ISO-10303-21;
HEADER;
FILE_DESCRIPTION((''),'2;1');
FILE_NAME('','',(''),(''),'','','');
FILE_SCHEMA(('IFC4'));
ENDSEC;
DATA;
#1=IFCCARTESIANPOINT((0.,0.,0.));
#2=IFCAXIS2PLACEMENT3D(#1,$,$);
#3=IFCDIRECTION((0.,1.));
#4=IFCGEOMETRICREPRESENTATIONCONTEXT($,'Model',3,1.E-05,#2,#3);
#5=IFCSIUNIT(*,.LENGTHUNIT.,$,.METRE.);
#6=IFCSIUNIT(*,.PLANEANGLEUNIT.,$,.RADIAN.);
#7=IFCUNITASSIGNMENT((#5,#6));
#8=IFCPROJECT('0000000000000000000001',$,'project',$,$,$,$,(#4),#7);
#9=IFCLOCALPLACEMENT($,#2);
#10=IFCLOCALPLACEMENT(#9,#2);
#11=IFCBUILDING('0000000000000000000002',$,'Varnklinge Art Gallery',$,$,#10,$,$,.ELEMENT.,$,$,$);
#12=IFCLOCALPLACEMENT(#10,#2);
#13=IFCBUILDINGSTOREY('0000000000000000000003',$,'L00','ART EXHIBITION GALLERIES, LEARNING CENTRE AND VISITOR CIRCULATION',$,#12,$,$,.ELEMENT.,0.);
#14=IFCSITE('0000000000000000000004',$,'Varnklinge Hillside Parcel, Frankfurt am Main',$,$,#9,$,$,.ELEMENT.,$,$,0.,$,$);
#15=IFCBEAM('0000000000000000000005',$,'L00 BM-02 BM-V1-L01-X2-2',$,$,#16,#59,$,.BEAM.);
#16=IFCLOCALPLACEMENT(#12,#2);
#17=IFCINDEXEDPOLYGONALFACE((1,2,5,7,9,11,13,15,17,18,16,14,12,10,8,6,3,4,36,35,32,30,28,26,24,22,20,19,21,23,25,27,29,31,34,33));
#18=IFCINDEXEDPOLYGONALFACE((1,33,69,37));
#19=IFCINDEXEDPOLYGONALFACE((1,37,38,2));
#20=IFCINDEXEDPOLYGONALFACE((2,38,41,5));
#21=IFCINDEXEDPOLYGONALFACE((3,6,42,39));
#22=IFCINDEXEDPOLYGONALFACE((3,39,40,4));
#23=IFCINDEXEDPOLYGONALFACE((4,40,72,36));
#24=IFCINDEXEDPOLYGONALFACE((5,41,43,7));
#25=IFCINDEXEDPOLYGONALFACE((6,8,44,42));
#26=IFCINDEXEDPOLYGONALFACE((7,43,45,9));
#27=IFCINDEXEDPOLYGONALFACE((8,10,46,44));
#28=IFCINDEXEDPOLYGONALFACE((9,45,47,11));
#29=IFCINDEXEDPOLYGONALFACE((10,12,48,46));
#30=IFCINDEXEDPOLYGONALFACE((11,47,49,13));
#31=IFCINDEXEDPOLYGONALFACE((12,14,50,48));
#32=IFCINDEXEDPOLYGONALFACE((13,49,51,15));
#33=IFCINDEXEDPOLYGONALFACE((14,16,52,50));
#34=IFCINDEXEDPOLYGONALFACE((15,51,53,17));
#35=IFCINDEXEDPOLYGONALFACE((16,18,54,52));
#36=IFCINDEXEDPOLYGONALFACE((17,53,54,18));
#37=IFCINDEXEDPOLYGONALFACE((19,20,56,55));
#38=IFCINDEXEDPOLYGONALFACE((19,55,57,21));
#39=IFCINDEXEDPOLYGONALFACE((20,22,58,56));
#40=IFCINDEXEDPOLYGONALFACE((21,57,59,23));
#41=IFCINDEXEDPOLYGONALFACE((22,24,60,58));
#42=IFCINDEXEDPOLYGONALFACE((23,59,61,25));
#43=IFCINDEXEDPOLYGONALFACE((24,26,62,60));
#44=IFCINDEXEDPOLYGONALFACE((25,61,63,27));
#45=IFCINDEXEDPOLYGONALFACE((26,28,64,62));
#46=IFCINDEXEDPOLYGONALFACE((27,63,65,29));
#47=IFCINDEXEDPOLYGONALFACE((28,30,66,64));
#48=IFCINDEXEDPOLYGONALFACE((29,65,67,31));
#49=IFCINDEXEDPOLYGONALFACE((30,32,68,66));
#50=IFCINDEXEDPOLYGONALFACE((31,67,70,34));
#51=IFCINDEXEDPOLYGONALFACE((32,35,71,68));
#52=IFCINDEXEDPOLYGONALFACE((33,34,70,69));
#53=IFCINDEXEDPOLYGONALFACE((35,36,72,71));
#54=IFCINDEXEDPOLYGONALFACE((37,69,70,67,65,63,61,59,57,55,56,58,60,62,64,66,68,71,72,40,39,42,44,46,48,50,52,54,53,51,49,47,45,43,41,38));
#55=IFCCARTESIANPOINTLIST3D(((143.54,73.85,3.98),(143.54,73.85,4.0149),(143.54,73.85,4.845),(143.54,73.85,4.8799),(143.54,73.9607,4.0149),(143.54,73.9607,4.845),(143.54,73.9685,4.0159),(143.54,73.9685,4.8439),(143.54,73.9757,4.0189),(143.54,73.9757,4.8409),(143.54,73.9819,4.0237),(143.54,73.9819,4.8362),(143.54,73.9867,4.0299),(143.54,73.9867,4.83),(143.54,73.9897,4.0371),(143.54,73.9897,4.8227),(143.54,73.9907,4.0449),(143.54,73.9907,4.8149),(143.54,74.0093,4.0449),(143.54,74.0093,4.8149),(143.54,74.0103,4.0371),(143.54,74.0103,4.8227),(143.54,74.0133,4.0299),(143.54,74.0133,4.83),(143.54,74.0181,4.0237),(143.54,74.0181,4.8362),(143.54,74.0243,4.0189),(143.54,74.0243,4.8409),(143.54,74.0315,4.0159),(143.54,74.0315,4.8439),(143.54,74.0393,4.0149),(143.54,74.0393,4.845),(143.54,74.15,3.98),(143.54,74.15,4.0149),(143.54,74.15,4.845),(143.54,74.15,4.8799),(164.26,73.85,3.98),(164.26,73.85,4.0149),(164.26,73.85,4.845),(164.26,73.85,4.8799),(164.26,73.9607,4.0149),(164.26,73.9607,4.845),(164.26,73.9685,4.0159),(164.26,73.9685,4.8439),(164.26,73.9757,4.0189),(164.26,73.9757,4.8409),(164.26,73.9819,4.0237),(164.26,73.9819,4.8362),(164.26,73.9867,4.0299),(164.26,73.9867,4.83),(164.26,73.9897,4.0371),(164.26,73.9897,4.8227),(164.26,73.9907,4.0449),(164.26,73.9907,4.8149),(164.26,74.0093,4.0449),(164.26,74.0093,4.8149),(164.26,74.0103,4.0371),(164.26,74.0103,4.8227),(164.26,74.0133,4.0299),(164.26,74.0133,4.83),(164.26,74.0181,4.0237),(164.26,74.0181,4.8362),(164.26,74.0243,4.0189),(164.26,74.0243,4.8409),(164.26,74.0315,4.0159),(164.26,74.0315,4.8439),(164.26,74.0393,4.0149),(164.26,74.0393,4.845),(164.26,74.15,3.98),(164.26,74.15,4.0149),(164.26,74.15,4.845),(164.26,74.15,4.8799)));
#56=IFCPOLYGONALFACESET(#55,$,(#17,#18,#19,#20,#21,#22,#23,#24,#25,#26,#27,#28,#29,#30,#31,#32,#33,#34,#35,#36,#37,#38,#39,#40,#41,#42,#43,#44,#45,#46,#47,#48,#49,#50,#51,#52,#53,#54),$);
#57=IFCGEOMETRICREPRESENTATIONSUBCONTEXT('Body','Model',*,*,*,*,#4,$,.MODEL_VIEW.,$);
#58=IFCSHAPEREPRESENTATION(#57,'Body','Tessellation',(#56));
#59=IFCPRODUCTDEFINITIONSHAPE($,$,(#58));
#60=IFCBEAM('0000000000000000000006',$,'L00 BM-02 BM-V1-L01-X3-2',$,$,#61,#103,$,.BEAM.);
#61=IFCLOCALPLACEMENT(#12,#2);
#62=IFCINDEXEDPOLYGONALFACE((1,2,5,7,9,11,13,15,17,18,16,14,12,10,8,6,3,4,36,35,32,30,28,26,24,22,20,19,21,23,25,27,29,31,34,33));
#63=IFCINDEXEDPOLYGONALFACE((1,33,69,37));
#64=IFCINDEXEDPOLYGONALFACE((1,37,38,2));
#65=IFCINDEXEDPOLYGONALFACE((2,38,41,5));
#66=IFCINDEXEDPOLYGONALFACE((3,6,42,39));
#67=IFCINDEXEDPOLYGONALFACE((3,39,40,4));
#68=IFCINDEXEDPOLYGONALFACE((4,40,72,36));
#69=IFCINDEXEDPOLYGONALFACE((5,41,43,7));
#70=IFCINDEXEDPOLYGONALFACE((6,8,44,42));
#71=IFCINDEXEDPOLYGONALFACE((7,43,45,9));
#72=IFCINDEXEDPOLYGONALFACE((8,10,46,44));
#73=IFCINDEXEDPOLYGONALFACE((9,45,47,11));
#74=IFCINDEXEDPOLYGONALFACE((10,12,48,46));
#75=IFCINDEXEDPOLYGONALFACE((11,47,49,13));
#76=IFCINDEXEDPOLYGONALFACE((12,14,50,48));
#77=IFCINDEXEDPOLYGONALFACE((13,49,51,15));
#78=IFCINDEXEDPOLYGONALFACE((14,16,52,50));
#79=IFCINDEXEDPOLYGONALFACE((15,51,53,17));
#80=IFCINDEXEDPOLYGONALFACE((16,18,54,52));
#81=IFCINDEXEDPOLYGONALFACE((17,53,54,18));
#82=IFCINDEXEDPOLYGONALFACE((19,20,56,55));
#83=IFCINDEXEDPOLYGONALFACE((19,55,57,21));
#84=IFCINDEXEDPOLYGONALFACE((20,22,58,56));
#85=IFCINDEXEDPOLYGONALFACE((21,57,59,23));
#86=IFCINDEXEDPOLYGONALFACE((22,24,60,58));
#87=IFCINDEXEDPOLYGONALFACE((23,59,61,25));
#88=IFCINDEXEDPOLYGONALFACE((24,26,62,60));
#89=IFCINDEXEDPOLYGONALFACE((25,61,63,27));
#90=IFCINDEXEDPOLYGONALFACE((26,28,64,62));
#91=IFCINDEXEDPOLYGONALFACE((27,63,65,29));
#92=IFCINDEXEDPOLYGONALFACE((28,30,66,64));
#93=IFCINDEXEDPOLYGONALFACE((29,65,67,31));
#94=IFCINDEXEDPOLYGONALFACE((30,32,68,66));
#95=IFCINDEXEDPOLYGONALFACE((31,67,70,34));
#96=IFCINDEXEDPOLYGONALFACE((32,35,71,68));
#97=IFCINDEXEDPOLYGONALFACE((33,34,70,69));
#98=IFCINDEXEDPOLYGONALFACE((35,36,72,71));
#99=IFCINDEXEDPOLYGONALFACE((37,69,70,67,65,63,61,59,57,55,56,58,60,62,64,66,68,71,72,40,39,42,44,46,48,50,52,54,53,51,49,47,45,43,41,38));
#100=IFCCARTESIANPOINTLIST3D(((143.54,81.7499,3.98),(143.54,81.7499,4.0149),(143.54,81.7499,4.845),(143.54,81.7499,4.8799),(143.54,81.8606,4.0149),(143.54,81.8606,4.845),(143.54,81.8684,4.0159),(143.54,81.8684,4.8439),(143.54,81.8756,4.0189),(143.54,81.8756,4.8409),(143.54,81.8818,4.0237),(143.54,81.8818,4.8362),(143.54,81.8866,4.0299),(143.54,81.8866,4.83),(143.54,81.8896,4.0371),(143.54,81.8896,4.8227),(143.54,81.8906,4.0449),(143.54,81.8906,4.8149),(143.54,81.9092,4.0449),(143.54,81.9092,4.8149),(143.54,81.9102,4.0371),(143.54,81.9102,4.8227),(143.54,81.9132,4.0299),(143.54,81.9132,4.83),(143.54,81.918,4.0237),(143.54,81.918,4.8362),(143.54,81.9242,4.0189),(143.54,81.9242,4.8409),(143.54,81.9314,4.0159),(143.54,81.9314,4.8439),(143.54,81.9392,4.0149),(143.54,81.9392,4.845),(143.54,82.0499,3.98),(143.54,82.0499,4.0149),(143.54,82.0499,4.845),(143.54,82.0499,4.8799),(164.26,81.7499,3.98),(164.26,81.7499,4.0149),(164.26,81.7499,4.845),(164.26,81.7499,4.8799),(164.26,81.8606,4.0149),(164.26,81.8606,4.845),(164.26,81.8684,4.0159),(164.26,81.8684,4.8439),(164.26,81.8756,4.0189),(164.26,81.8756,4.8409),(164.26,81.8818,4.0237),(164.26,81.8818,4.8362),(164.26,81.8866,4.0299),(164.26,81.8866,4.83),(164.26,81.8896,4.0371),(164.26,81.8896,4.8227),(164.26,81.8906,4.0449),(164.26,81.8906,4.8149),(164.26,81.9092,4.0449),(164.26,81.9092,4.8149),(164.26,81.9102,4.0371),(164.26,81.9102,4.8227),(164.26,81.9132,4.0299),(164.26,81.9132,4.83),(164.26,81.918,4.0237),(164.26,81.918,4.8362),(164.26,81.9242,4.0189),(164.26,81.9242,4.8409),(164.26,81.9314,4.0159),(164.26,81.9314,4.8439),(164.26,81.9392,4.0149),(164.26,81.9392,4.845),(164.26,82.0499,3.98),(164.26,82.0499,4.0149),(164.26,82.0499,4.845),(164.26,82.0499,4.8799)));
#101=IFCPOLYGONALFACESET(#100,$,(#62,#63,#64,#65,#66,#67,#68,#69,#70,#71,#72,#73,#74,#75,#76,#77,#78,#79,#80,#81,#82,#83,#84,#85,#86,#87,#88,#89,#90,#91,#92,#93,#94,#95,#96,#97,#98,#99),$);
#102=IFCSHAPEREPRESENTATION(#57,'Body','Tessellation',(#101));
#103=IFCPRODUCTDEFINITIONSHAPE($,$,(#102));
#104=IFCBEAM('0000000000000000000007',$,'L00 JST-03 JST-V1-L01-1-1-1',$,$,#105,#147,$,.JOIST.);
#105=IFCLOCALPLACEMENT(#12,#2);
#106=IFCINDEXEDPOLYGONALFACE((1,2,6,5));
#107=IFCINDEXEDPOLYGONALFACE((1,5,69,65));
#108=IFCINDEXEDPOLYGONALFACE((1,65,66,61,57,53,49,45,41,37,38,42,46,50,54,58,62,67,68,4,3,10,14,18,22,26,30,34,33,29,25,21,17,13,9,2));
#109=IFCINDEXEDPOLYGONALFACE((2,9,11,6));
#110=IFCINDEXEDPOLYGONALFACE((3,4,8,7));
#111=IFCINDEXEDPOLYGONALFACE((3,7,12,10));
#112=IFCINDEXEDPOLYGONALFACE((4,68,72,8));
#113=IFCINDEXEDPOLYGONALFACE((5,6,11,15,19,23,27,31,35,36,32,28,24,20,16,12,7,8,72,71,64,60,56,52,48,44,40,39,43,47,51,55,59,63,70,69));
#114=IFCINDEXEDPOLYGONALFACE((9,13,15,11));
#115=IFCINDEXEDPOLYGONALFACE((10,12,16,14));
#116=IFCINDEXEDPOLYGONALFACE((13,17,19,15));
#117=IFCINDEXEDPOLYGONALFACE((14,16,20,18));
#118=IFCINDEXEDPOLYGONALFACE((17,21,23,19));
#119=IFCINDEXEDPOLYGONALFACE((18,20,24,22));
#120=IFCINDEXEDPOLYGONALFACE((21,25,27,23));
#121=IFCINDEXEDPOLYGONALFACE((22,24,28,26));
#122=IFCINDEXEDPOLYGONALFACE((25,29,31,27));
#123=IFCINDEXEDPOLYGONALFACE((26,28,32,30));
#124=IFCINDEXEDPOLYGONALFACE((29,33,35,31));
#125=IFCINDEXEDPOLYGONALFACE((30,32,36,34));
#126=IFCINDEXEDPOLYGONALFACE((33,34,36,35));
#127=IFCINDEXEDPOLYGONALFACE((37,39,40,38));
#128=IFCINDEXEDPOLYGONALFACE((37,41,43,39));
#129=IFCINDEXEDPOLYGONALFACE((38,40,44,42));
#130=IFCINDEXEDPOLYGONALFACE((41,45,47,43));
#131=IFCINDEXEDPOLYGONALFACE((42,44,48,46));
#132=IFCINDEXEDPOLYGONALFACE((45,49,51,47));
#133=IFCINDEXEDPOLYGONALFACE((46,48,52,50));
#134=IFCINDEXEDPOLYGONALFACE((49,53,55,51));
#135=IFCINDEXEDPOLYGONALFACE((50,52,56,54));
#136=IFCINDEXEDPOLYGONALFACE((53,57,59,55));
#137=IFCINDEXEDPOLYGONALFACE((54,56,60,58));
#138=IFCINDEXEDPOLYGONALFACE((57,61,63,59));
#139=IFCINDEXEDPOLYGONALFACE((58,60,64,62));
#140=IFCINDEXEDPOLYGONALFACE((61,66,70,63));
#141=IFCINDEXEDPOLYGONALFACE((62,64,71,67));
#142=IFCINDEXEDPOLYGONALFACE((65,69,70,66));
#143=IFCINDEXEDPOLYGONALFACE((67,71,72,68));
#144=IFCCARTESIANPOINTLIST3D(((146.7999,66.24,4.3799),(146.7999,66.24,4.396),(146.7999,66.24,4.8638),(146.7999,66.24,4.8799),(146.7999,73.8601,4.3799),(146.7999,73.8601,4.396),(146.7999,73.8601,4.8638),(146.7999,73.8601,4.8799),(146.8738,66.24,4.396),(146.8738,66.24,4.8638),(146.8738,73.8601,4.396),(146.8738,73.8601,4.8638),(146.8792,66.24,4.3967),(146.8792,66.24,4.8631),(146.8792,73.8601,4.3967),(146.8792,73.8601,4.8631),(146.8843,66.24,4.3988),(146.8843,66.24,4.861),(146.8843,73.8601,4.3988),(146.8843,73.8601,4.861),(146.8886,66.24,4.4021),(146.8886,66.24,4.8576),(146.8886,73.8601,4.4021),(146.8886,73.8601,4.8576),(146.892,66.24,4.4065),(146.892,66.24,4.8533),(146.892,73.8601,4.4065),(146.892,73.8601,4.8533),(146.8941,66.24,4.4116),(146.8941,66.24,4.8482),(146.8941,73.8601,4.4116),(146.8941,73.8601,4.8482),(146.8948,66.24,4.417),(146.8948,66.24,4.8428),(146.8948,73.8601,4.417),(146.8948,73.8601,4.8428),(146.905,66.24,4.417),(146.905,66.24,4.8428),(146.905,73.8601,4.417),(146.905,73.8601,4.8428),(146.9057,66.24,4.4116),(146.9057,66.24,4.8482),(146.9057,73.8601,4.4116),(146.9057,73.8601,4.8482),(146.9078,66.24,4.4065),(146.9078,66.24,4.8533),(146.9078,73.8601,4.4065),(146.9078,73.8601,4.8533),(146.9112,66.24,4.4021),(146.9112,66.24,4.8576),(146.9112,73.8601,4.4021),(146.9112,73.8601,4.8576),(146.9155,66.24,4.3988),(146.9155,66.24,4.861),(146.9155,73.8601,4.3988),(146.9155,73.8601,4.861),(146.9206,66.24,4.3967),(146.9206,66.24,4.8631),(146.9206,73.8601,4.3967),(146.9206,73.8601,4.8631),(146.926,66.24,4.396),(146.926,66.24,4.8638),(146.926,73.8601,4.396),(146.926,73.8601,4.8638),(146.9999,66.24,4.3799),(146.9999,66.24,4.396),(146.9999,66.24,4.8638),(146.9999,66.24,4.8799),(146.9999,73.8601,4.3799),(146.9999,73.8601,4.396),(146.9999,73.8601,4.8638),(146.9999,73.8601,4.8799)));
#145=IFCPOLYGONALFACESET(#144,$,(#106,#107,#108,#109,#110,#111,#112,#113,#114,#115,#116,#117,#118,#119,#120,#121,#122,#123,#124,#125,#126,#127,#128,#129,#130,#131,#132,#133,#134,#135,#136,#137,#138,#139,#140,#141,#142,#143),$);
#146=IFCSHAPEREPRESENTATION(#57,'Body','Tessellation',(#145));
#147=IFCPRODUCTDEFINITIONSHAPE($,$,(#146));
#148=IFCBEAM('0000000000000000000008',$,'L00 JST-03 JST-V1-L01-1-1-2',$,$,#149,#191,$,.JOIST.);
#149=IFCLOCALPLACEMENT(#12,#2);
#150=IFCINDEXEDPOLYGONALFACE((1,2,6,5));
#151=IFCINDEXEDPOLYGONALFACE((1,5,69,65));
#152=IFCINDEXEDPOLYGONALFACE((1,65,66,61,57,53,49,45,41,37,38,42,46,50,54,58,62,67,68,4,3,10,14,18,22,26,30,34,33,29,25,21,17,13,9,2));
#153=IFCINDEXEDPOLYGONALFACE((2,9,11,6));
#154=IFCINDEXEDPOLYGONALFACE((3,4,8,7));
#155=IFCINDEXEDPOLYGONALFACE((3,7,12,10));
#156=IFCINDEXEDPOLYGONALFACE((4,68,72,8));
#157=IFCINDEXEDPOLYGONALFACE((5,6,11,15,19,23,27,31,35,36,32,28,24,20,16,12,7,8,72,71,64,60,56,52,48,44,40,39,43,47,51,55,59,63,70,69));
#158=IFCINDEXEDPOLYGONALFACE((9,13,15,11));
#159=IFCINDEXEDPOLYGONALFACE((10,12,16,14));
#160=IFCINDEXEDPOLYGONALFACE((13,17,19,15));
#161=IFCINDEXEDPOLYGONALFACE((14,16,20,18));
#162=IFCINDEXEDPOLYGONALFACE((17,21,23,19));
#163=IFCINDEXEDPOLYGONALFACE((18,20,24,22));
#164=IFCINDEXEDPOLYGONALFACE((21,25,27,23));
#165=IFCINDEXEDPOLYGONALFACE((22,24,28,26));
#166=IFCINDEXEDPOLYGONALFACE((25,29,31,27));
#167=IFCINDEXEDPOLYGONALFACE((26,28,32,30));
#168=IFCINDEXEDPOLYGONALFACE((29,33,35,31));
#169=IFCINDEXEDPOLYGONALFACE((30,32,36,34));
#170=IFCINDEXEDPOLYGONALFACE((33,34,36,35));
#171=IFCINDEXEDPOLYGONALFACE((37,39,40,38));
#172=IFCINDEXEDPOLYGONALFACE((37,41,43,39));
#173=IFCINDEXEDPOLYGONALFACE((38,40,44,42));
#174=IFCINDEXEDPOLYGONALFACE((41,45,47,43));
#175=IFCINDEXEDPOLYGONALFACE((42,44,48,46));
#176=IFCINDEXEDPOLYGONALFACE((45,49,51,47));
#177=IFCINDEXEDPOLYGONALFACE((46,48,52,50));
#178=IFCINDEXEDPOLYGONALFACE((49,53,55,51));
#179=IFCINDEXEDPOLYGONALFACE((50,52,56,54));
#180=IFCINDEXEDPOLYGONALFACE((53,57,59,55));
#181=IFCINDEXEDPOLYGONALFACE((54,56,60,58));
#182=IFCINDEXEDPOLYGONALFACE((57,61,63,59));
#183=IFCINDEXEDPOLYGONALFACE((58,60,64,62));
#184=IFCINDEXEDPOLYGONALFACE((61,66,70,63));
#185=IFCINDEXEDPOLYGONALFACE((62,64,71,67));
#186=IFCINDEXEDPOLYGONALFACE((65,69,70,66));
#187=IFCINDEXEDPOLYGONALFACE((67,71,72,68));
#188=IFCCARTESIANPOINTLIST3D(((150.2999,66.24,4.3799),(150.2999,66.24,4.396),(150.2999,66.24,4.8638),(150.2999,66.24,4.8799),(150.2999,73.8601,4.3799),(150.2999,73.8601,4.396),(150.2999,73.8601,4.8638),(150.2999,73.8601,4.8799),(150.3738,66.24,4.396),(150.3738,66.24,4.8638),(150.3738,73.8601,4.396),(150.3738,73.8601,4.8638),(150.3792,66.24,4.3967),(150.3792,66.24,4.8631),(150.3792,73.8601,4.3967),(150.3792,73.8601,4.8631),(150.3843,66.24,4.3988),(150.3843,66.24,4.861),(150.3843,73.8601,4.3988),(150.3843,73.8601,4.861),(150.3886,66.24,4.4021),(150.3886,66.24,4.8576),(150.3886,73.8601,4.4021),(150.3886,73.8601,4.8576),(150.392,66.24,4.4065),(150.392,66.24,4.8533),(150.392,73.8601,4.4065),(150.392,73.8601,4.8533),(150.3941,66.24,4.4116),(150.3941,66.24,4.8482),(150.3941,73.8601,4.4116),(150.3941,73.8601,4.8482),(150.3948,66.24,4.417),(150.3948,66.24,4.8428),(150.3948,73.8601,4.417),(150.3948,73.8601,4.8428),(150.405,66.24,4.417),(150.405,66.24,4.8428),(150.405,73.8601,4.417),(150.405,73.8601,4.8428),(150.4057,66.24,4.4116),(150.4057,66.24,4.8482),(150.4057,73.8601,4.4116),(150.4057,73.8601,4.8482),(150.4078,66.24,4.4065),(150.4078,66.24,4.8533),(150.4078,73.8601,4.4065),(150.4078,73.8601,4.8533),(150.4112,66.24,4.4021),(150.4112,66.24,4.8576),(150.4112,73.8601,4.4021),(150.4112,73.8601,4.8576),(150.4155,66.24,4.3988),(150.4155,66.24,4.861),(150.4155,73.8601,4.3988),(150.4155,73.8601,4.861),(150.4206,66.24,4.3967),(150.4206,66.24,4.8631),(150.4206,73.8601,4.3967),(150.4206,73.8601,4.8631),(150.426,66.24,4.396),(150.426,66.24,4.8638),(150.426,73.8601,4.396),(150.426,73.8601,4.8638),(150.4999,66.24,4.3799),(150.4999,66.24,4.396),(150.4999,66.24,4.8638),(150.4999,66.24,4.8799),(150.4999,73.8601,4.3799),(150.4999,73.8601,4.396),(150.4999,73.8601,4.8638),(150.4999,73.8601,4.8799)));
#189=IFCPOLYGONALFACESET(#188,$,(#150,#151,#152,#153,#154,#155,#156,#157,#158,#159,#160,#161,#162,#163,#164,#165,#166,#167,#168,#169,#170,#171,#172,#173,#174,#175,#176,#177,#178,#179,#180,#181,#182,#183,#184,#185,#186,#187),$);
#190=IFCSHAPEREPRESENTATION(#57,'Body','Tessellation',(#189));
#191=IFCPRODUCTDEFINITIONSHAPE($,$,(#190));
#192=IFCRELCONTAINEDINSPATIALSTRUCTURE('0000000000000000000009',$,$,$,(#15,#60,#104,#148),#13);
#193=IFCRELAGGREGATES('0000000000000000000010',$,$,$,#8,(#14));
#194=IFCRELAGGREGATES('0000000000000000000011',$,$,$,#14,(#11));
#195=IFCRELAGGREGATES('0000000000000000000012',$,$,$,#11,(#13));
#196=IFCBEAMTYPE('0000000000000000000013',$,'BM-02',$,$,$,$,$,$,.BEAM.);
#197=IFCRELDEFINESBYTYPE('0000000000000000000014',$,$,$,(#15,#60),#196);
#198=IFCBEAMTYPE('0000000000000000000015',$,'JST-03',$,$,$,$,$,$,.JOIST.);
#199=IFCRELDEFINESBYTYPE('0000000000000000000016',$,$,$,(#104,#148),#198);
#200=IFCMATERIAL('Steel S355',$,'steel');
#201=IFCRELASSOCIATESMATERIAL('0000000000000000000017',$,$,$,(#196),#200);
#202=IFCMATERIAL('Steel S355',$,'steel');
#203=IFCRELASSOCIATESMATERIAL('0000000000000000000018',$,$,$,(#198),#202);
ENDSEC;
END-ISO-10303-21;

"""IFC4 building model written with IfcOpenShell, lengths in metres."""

from ifc_helpers import new_model, si_unit, direction, frame, origin, origin_2d, place, context, subcontext, project, spatial, i_section, extrude, material, material_profile, profile_set, type_object, element, save


model = new_model("IFC4")

# Units and contexts
model_context = context("Model", 3, precision=1e-05, world=origin(), true_north=direction((0.0, 1.0)))
body_context = subcontext(model_context, "Body", "Model", "MODEL_VIEW")
ifc_project = project(units=[si_unit("LENGTHUNIT", "METRE"), si_unit("PLANEANGLEUNIT", "RADIAN")], contexts=[model_context])

# Site, building, storey
site_placement = place(None, origin())
site = spatial("IfcSite", under=ifc_project, at=site_placement, Name="Varnklinge Hillside Parcel, Frankfurt am Main", CompositionType="ELEMENT", RefElevation=0.0)
building_placement = place(site_placement, origin())
building = spatial("IfcBuilding", under=site, at=building_placement, Name="Varnklinge Art Gallery", CompositionType="ELEMENT")
storey_placement = place(building_placement, origin())
storey = spatial("IfcBuildingStorey", under=building, at=storey_placement, Name="L00", Description="ART EXHIBITION GALLERIES, LEARNING CENTRE AND VISITOR CIRCULATION", CompositionType="ELEMENT", Elevation=0.0)

# Beams
ifc_material_1 = material(Name="Steel S355", Category="steel")
ifc_material_profile_1 = material_profile(ifc_material_1, i_section(OverallWidth=0.3, OverallDepth=0.8999, WebThickness=0.0186, FlangeThickness=0.0349, FilletRadius=0.03, at=origin_2d()), Name="HEB 900")
ifc_profile_set_1 = profile_set([ifc_material_profile_1], Name="Steel S355")
beam_type_1 = type_object("IfcBeamType", Name="BM-02", PredefinedType="BEAM", material=ifc_profile_set_1)
for number, where, z_axis, x_axis, name in (
    (1, (143.54, 74.0, 4.4299), (1.0, 0.0, 0.0), (0.0, 1.0, 0.0), "L00 BM-02 BM-V1-L01-X2-2"),
    (2, (143.54, 81.8999, 4.4299), (1.0, 0.0, 0.0), (0.0, 1.0, 0.0), "L00 BM-02 BM-V1-L01-X3-2"),
):
    element("IfcBeam", number, at=place(storey_placement, frame(where, z_axis=z_axis, x_axis=x_axis)), inside=storey, type_object=beam_type_1, Name=name, PredefinedType="BEAM", context=body_context, shape_type="SweptSolid", body=[
        extrude(i_section(OverallWidth=0.3, OverallDepth=0.8999, WebThickness=0.0186, FlangeThickness=0.0349, FilletRadius=0.03, at=origin_2d()), origin(), (0.0, 0.0, 1.0), 20.72),
    ])
ifc_material_2 = material(Name="Steel S355", Category="steel")
ifc_material_profile_2 = material_profile(ifc_material_2, i_section(OverallWidth=0.2, OverallDepth=0.5, WebThickness=0.0103, FlangeThickness=0.0161, FilletRadius=0.021, at=origin_2d()), Name="IPE 500")
ifc_profile_set_2 = profile_set([ifc_material_profile_2], Name="Steel S355")
beam_type_2 = type_object("IfcBeamType", Name="JST-03", PredefinedType="JOIST", material=ifc_profile_set_2)
for number, where, z_axis, x_axis, name in (
    (3, (146.8999, 66.24, 4.6299), (0.0, 1.0, 0.0), (-1.0, 0.0, 0.0), "L00 JST-03 JST-V1-L01-1-1-1"),
    (4, (150.3999, 66.24, 4.6299), (0.0, 1.0, 0.0), (-1.0, 0.0, 0.0), "L00 JST-03 JST-V1-L01-1-1-2"),
):
    element("IfcBeam", number, at=place(storey_placement, frame(where, z_axis=z_axis, x_axis=x_axis)), inside=storey, type_object=beam_type_2, Name=name, PredefinedType="JOIST", context=body_context, shape_type="SweptSolid", body=[
        extrude(i_section(OverallWidth=0.2, OverallDepth=0.5, WebThickness=0.0103, FlangeThickness=0.0161, FilletRadius=0.021, at=origin_2d()), origin(), (0.0, 0.0, 1.0), 7.6201),
    ])

save(model, "model.ifc")
